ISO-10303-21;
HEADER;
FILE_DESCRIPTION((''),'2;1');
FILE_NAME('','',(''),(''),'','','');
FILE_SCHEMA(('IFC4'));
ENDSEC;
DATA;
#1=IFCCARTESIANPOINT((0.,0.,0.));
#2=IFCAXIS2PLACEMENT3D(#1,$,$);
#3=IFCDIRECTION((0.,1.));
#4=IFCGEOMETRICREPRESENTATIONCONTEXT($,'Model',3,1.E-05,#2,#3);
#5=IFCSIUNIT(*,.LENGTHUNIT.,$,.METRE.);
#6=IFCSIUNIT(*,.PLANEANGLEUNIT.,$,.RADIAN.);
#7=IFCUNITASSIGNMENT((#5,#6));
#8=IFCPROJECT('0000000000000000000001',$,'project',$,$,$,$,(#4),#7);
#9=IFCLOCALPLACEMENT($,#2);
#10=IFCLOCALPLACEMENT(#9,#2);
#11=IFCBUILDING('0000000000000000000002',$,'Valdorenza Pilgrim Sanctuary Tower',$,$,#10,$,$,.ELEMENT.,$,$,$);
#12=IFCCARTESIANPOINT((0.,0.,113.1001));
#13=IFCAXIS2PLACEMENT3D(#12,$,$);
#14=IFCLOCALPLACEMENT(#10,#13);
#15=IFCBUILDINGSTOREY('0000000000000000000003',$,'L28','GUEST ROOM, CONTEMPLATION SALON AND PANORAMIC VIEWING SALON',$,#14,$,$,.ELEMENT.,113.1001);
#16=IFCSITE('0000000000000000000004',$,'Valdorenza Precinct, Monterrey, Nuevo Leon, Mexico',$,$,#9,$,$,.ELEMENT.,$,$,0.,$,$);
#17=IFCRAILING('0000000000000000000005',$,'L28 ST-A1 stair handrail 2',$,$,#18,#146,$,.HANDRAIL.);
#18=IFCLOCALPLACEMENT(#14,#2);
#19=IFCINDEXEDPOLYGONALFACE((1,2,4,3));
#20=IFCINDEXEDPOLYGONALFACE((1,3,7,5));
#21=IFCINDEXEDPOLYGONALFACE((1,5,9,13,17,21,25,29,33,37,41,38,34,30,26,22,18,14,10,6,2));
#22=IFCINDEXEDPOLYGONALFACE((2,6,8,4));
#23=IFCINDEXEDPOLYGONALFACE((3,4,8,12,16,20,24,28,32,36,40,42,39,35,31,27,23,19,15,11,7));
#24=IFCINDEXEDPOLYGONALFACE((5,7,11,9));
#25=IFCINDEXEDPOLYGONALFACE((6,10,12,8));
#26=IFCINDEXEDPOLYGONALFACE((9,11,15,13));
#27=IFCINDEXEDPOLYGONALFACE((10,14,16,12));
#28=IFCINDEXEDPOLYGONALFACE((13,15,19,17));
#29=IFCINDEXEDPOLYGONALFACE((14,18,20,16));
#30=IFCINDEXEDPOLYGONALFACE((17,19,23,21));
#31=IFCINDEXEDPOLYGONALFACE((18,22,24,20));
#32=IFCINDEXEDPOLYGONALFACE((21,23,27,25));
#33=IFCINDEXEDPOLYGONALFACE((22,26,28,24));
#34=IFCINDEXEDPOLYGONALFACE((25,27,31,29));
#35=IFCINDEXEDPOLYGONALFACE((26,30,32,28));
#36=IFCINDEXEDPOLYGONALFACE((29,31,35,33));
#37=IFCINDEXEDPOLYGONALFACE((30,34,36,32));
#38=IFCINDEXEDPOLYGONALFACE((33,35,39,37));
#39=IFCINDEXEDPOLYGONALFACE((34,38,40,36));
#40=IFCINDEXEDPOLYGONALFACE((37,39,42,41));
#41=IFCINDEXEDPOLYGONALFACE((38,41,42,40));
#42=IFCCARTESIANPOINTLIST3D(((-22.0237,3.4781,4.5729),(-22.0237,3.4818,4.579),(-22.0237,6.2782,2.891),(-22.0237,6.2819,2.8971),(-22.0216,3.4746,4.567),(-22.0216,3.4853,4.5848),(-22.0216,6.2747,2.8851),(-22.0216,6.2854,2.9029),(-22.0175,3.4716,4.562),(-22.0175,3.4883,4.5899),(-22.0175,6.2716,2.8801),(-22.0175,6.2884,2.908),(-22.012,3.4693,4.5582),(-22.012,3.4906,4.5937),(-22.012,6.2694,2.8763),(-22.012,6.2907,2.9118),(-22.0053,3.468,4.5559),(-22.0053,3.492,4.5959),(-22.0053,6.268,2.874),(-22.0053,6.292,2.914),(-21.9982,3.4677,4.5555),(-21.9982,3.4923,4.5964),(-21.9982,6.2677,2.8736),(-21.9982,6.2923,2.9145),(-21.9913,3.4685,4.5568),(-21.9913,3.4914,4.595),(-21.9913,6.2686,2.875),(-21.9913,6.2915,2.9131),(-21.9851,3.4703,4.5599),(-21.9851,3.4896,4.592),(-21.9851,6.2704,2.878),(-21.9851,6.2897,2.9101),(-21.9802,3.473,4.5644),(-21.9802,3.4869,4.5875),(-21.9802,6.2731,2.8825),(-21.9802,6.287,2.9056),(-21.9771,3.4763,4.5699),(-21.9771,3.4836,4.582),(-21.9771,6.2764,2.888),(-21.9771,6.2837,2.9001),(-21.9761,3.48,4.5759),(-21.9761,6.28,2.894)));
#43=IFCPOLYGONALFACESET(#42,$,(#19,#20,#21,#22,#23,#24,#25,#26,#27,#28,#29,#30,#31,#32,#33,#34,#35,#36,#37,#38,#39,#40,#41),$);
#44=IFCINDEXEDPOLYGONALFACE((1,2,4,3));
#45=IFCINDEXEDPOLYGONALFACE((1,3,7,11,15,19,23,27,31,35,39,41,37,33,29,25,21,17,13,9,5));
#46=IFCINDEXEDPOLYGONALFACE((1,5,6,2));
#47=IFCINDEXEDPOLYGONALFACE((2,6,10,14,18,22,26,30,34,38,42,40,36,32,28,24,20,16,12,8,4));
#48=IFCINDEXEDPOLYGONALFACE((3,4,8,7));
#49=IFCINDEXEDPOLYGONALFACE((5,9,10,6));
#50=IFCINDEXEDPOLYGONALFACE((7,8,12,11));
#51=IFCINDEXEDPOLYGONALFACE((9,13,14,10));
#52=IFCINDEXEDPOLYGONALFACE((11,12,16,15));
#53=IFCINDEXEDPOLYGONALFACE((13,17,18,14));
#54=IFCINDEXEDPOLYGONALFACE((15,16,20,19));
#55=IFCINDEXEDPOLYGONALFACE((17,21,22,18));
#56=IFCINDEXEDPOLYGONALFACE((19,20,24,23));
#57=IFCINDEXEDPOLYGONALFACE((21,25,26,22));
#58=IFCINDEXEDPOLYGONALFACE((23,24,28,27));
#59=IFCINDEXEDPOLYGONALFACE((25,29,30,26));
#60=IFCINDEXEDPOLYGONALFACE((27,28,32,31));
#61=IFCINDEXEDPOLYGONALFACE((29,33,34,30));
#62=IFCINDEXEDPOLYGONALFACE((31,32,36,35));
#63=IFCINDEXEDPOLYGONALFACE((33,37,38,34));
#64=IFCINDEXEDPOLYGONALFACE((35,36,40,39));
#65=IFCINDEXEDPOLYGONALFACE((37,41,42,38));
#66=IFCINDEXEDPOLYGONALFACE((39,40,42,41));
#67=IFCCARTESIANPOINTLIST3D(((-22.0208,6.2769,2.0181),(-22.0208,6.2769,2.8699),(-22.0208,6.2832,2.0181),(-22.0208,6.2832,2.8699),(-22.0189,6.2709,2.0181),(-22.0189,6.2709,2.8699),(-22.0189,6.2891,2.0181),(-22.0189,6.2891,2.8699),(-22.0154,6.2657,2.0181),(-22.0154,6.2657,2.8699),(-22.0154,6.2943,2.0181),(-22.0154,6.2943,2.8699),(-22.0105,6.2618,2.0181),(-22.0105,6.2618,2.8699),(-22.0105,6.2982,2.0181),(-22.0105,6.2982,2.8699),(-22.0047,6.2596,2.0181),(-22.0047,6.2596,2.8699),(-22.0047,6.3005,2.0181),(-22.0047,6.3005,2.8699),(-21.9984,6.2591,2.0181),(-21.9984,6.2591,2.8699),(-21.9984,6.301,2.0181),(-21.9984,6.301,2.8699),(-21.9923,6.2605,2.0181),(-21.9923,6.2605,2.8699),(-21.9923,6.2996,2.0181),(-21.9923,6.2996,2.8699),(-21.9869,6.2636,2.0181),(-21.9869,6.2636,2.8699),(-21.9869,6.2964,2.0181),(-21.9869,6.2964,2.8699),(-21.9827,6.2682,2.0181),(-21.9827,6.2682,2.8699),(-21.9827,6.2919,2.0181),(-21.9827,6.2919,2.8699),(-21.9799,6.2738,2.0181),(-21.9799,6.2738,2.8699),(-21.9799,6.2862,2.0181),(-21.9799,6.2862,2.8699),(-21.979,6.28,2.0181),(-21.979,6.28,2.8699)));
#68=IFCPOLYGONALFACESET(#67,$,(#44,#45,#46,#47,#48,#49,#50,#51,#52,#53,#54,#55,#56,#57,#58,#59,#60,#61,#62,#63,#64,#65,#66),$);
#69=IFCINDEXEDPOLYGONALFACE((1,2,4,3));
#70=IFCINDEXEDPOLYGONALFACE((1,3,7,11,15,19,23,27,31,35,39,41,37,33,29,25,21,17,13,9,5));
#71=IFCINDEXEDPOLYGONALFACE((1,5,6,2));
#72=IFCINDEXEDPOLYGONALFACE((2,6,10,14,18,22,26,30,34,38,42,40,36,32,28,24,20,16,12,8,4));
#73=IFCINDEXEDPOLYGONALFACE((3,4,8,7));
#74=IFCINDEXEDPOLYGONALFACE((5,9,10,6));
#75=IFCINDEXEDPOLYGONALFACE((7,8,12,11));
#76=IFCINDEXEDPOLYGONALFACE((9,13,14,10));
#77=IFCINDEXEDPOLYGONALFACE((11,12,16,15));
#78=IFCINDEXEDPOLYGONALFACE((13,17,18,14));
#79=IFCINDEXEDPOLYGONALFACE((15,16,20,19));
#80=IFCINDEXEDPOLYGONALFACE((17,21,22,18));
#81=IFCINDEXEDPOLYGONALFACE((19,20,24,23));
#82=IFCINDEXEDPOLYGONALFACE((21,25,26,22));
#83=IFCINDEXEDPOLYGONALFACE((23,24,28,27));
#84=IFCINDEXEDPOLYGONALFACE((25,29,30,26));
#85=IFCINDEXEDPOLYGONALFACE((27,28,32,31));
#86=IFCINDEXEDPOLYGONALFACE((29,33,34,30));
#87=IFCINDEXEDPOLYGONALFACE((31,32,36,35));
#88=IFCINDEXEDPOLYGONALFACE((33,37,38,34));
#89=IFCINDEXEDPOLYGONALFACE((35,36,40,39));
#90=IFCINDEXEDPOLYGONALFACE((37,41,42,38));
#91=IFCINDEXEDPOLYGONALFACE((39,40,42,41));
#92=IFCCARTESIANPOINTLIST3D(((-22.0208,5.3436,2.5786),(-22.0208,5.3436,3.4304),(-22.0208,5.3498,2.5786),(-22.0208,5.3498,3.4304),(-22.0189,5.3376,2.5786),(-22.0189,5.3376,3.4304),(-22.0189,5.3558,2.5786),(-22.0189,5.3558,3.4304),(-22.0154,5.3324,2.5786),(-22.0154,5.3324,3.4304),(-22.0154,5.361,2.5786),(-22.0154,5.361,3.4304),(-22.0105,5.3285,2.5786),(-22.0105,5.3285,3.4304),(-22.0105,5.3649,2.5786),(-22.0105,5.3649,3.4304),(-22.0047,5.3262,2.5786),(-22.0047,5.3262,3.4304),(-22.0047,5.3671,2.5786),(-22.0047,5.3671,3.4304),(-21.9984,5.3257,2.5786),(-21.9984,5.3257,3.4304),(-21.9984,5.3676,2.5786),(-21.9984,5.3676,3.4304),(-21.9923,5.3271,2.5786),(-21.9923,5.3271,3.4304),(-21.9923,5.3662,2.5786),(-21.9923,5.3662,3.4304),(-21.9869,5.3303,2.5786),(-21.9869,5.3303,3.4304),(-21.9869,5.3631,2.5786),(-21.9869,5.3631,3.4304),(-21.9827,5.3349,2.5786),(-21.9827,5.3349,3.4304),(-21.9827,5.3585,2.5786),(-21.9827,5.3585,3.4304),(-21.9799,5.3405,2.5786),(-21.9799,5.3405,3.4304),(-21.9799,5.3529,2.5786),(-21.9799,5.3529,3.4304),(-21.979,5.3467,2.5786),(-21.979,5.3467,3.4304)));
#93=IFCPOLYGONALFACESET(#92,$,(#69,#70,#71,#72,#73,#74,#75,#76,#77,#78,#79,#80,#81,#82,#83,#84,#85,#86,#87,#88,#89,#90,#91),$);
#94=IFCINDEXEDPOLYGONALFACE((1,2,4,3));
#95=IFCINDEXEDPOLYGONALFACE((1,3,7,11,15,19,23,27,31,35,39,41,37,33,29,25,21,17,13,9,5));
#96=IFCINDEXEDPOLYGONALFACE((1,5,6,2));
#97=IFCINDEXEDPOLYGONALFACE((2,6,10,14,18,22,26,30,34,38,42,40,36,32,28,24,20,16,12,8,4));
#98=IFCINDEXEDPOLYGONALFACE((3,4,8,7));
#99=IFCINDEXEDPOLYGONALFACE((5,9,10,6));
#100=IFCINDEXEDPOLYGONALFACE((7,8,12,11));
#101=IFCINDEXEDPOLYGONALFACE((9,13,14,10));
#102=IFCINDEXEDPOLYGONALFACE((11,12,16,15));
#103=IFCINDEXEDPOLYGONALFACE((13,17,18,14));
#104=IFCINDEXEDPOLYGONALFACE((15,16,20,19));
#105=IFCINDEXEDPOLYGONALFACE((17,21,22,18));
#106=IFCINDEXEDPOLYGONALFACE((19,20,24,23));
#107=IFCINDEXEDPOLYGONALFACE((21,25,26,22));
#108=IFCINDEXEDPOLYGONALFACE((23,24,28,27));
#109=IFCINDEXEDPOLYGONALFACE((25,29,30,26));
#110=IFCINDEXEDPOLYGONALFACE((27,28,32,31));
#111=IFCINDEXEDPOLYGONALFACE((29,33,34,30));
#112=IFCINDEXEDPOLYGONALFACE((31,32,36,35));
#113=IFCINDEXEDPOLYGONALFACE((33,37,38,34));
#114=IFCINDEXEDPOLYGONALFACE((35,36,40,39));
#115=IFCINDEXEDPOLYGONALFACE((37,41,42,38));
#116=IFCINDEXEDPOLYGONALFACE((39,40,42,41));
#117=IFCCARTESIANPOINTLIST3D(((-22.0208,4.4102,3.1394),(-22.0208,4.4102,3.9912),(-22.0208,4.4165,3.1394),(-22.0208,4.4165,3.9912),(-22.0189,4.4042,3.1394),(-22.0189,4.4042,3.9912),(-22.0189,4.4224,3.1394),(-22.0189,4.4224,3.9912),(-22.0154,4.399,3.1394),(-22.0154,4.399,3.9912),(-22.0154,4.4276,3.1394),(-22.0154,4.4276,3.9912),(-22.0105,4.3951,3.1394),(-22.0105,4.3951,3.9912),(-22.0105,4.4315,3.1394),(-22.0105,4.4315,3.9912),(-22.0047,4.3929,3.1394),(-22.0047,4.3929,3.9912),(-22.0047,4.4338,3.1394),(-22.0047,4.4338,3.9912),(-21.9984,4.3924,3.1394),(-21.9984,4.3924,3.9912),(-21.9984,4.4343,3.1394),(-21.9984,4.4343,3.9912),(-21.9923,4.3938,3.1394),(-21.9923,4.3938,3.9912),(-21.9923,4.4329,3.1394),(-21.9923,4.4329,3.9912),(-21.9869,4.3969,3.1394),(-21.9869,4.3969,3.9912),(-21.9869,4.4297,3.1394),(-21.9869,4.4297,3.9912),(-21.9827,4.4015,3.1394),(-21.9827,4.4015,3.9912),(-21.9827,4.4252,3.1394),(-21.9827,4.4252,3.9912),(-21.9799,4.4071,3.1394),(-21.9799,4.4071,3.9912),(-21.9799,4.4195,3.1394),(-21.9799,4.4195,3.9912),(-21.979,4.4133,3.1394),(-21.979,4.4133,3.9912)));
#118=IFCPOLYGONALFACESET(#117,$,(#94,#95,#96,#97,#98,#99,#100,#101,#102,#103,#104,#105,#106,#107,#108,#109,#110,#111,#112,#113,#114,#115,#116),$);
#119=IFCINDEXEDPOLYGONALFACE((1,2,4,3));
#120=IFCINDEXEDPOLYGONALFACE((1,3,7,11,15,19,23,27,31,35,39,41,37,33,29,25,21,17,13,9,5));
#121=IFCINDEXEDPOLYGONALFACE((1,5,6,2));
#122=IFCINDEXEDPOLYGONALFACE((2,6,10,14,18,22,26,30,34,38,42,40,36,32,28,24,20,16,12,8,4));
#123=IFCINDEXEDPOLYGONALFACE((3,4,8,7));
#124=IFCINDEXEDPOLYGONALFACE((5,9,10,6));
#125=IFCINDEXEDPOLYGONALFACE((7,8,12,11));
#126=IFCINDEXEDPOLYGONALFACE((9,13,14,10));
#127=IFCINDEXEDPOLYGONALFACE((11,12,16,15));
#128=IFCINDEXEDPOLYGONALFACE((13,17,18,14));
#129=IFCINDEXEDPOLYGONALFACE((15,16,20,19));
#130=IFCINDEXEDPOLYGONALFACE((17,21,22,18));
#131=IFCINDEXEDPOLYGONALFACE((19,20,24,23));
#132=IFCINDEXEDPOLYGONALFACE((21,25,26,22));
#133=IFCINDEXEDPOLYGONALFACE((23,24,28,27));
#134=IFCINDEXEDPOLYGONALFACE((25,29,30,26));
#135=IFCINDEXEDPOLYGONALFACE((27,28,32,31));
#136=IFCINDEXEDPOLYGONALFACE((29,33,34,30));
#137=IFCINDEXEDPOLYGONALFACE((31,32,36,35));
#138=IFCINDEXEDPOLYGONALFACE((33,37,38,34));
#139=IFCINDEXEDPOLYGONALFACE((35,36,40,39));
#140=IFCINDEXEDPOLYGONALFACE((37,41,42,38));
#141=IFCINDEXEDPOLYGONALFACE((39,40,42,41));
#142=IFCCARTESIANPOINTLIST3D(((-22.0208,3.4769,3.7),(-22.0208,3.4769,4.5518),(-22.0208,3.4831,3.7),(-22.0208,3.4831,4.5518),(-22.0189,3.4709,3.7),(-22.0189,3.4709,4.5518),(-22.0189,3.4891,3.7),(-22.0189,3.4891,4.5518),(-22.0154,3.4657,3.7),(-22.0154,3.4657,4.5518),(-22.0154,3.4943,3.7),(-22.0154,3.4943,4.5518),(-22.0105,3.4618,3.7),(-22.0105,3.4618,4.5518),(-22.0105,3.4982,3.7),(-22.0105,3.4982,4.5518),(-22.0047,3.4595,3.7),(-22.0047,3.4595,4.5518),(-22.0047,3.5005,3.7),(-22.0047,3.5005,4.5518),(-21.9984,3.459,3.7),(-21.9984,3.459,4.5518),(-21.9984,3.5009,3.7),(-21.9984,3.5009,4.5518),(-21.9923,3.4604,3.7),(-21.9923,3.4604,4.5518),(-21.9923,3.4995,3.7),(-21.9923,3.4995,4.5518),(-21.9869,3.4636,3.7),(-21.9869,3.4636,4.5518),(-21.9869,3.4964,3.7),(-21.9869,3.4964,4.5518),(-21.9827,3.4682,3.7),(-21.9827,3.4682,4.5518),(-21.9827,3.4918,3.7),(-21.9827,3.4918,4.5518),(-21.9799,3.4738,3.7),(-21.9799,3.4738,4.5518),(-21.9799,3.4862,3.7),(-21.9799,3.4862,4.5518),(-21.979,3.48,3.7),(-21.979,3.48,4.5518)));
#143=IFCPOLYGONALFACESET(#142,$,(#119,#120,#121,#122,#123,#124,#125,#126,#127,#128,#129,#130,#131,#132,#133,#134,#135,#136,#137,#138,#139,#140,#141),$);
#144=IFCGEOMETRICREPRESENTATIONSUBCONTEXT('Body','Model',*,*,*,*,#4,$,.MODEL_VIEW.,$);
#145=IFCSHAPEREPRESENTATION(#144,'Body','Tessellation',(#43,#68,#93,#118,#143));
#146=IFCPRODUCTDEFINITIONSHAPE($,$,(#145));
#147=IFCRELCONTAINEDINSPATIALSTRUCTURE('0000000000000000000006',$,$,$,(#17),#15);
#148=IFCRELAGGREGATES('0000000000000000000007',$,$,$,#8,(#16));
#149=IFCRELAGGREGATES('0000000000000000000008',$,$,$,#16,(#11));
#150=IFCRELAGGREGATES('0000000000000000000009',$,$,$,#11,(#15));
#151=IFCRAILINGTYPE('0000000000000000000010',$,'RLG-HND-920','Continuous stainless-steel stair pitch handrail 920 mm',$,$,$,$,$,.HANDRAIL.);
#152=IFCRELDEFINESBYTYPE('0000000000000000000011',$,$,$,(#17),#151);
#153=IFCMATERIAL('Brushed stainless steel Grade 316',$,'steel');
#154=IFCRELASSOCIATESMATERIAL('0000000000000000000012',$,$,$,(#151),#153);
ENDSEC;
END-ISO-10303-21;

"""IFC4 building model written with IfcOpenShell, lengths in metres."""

from ifc_helpers import new_model, si_unit, direction, frame, origin, origin_2d, place, context, subcontext, project, spatial, circle, extrude, material, type_object, element, save


model = new_model("IFC4")

# Units and contexts
model_context = context("Model", 3, precision=1e-05, world=origin(), true_north=direction((0.0, 1.0)))
body_context = subcontext(model_context, "Body", "Model", "MODEL_VIEW")
ifc_project = project(units=[si_unit("LENGTHUNIT", "METRE"), si_unit("PLANEANGLEUNIT", "RADIAN")], contexts=[model_context])

# Site, building, storey
site_placement = place(None, origin())
site = spatial("IfcSite", under=ifc_project, at=site_placement, Name="Valdorenza Precinct, Monterrey, Nuevo Leon, Mexico", CompositionType="ELEMENT", RefElevation=0.0)
building_placement = place(site_placement, origin())
building = spatial("IfcBuilding", under=site, at=building_placement, Name="Valdorenza Pilgrim Sanctuary Tower", CompositionType="ELEMENT")
storey_placement = place(building_placement, frame((0.0, 0.0, 113.1001)))
storey = spatial("IfcBuildingStorey", under=building, at=storey_placement, Name="L28", Description="GUEST ROOM, CONTEMPLATION SALON AND PANORAMIC VIEWING SALON", CompositionType="ELEMENT", Elevation=113.1001)

# Shared definitions
ifc_material_1 = material(Name="Brushed stainless steel Grade 316", Category="steel")

# Railing
railing_type_1 = type_object("IfcRailingType", Name="RLG-HND-920", Description="Continuous stainless-steel stair pitch handrail 920 mm", PredefinedType="HANDRAIL", material=ifc_material_1)
railing_1_placement = place(storey_placement, frame((-22.0, 6.28, 2.0181)))
element("IfcRailing", 1, at=railing_1_placement, inside=storey, type_object=railing_type_1, Name="L28 ST-A1 stair handrail 2", PredefinedType="HANDRAIL", context=body_context, shape_type="SweptSolid", body=[
    extrude(circle(Radius=0.0239, at=origin_2d()), frame((0.0, 0.0, 0.876), z_axis=(0.0, -0.857242, 0.514913), x_axis=(1.0, 0.0, 0.0)), (0.0, 0.0, 1.0), 3.2664),
    extrude(circle(Radius=0.021, at=origin_2d()), origin(), (0.0, 0.0, 1.0), 0.8518),
    extrude(circle(Radius=0.021, at=origin_2d()), frame((0.0, -0.9333, 0.5605)), (0.0, 0.0, 1.0), 0.8518),
    extrude(circle(Radius=0.021, at=origin_2d()), frame((0.0, -1.8667, 1.1213)), (0.0, 0.0, 1.0), 0.8518),
    extrude(circle(Radius=0.021, at=origin_2d()), frame((0.0, -2.8, 1.6819)), (0.0, 0.0, 1.0), 0.8518),
])

save(model, "model.ifc")
